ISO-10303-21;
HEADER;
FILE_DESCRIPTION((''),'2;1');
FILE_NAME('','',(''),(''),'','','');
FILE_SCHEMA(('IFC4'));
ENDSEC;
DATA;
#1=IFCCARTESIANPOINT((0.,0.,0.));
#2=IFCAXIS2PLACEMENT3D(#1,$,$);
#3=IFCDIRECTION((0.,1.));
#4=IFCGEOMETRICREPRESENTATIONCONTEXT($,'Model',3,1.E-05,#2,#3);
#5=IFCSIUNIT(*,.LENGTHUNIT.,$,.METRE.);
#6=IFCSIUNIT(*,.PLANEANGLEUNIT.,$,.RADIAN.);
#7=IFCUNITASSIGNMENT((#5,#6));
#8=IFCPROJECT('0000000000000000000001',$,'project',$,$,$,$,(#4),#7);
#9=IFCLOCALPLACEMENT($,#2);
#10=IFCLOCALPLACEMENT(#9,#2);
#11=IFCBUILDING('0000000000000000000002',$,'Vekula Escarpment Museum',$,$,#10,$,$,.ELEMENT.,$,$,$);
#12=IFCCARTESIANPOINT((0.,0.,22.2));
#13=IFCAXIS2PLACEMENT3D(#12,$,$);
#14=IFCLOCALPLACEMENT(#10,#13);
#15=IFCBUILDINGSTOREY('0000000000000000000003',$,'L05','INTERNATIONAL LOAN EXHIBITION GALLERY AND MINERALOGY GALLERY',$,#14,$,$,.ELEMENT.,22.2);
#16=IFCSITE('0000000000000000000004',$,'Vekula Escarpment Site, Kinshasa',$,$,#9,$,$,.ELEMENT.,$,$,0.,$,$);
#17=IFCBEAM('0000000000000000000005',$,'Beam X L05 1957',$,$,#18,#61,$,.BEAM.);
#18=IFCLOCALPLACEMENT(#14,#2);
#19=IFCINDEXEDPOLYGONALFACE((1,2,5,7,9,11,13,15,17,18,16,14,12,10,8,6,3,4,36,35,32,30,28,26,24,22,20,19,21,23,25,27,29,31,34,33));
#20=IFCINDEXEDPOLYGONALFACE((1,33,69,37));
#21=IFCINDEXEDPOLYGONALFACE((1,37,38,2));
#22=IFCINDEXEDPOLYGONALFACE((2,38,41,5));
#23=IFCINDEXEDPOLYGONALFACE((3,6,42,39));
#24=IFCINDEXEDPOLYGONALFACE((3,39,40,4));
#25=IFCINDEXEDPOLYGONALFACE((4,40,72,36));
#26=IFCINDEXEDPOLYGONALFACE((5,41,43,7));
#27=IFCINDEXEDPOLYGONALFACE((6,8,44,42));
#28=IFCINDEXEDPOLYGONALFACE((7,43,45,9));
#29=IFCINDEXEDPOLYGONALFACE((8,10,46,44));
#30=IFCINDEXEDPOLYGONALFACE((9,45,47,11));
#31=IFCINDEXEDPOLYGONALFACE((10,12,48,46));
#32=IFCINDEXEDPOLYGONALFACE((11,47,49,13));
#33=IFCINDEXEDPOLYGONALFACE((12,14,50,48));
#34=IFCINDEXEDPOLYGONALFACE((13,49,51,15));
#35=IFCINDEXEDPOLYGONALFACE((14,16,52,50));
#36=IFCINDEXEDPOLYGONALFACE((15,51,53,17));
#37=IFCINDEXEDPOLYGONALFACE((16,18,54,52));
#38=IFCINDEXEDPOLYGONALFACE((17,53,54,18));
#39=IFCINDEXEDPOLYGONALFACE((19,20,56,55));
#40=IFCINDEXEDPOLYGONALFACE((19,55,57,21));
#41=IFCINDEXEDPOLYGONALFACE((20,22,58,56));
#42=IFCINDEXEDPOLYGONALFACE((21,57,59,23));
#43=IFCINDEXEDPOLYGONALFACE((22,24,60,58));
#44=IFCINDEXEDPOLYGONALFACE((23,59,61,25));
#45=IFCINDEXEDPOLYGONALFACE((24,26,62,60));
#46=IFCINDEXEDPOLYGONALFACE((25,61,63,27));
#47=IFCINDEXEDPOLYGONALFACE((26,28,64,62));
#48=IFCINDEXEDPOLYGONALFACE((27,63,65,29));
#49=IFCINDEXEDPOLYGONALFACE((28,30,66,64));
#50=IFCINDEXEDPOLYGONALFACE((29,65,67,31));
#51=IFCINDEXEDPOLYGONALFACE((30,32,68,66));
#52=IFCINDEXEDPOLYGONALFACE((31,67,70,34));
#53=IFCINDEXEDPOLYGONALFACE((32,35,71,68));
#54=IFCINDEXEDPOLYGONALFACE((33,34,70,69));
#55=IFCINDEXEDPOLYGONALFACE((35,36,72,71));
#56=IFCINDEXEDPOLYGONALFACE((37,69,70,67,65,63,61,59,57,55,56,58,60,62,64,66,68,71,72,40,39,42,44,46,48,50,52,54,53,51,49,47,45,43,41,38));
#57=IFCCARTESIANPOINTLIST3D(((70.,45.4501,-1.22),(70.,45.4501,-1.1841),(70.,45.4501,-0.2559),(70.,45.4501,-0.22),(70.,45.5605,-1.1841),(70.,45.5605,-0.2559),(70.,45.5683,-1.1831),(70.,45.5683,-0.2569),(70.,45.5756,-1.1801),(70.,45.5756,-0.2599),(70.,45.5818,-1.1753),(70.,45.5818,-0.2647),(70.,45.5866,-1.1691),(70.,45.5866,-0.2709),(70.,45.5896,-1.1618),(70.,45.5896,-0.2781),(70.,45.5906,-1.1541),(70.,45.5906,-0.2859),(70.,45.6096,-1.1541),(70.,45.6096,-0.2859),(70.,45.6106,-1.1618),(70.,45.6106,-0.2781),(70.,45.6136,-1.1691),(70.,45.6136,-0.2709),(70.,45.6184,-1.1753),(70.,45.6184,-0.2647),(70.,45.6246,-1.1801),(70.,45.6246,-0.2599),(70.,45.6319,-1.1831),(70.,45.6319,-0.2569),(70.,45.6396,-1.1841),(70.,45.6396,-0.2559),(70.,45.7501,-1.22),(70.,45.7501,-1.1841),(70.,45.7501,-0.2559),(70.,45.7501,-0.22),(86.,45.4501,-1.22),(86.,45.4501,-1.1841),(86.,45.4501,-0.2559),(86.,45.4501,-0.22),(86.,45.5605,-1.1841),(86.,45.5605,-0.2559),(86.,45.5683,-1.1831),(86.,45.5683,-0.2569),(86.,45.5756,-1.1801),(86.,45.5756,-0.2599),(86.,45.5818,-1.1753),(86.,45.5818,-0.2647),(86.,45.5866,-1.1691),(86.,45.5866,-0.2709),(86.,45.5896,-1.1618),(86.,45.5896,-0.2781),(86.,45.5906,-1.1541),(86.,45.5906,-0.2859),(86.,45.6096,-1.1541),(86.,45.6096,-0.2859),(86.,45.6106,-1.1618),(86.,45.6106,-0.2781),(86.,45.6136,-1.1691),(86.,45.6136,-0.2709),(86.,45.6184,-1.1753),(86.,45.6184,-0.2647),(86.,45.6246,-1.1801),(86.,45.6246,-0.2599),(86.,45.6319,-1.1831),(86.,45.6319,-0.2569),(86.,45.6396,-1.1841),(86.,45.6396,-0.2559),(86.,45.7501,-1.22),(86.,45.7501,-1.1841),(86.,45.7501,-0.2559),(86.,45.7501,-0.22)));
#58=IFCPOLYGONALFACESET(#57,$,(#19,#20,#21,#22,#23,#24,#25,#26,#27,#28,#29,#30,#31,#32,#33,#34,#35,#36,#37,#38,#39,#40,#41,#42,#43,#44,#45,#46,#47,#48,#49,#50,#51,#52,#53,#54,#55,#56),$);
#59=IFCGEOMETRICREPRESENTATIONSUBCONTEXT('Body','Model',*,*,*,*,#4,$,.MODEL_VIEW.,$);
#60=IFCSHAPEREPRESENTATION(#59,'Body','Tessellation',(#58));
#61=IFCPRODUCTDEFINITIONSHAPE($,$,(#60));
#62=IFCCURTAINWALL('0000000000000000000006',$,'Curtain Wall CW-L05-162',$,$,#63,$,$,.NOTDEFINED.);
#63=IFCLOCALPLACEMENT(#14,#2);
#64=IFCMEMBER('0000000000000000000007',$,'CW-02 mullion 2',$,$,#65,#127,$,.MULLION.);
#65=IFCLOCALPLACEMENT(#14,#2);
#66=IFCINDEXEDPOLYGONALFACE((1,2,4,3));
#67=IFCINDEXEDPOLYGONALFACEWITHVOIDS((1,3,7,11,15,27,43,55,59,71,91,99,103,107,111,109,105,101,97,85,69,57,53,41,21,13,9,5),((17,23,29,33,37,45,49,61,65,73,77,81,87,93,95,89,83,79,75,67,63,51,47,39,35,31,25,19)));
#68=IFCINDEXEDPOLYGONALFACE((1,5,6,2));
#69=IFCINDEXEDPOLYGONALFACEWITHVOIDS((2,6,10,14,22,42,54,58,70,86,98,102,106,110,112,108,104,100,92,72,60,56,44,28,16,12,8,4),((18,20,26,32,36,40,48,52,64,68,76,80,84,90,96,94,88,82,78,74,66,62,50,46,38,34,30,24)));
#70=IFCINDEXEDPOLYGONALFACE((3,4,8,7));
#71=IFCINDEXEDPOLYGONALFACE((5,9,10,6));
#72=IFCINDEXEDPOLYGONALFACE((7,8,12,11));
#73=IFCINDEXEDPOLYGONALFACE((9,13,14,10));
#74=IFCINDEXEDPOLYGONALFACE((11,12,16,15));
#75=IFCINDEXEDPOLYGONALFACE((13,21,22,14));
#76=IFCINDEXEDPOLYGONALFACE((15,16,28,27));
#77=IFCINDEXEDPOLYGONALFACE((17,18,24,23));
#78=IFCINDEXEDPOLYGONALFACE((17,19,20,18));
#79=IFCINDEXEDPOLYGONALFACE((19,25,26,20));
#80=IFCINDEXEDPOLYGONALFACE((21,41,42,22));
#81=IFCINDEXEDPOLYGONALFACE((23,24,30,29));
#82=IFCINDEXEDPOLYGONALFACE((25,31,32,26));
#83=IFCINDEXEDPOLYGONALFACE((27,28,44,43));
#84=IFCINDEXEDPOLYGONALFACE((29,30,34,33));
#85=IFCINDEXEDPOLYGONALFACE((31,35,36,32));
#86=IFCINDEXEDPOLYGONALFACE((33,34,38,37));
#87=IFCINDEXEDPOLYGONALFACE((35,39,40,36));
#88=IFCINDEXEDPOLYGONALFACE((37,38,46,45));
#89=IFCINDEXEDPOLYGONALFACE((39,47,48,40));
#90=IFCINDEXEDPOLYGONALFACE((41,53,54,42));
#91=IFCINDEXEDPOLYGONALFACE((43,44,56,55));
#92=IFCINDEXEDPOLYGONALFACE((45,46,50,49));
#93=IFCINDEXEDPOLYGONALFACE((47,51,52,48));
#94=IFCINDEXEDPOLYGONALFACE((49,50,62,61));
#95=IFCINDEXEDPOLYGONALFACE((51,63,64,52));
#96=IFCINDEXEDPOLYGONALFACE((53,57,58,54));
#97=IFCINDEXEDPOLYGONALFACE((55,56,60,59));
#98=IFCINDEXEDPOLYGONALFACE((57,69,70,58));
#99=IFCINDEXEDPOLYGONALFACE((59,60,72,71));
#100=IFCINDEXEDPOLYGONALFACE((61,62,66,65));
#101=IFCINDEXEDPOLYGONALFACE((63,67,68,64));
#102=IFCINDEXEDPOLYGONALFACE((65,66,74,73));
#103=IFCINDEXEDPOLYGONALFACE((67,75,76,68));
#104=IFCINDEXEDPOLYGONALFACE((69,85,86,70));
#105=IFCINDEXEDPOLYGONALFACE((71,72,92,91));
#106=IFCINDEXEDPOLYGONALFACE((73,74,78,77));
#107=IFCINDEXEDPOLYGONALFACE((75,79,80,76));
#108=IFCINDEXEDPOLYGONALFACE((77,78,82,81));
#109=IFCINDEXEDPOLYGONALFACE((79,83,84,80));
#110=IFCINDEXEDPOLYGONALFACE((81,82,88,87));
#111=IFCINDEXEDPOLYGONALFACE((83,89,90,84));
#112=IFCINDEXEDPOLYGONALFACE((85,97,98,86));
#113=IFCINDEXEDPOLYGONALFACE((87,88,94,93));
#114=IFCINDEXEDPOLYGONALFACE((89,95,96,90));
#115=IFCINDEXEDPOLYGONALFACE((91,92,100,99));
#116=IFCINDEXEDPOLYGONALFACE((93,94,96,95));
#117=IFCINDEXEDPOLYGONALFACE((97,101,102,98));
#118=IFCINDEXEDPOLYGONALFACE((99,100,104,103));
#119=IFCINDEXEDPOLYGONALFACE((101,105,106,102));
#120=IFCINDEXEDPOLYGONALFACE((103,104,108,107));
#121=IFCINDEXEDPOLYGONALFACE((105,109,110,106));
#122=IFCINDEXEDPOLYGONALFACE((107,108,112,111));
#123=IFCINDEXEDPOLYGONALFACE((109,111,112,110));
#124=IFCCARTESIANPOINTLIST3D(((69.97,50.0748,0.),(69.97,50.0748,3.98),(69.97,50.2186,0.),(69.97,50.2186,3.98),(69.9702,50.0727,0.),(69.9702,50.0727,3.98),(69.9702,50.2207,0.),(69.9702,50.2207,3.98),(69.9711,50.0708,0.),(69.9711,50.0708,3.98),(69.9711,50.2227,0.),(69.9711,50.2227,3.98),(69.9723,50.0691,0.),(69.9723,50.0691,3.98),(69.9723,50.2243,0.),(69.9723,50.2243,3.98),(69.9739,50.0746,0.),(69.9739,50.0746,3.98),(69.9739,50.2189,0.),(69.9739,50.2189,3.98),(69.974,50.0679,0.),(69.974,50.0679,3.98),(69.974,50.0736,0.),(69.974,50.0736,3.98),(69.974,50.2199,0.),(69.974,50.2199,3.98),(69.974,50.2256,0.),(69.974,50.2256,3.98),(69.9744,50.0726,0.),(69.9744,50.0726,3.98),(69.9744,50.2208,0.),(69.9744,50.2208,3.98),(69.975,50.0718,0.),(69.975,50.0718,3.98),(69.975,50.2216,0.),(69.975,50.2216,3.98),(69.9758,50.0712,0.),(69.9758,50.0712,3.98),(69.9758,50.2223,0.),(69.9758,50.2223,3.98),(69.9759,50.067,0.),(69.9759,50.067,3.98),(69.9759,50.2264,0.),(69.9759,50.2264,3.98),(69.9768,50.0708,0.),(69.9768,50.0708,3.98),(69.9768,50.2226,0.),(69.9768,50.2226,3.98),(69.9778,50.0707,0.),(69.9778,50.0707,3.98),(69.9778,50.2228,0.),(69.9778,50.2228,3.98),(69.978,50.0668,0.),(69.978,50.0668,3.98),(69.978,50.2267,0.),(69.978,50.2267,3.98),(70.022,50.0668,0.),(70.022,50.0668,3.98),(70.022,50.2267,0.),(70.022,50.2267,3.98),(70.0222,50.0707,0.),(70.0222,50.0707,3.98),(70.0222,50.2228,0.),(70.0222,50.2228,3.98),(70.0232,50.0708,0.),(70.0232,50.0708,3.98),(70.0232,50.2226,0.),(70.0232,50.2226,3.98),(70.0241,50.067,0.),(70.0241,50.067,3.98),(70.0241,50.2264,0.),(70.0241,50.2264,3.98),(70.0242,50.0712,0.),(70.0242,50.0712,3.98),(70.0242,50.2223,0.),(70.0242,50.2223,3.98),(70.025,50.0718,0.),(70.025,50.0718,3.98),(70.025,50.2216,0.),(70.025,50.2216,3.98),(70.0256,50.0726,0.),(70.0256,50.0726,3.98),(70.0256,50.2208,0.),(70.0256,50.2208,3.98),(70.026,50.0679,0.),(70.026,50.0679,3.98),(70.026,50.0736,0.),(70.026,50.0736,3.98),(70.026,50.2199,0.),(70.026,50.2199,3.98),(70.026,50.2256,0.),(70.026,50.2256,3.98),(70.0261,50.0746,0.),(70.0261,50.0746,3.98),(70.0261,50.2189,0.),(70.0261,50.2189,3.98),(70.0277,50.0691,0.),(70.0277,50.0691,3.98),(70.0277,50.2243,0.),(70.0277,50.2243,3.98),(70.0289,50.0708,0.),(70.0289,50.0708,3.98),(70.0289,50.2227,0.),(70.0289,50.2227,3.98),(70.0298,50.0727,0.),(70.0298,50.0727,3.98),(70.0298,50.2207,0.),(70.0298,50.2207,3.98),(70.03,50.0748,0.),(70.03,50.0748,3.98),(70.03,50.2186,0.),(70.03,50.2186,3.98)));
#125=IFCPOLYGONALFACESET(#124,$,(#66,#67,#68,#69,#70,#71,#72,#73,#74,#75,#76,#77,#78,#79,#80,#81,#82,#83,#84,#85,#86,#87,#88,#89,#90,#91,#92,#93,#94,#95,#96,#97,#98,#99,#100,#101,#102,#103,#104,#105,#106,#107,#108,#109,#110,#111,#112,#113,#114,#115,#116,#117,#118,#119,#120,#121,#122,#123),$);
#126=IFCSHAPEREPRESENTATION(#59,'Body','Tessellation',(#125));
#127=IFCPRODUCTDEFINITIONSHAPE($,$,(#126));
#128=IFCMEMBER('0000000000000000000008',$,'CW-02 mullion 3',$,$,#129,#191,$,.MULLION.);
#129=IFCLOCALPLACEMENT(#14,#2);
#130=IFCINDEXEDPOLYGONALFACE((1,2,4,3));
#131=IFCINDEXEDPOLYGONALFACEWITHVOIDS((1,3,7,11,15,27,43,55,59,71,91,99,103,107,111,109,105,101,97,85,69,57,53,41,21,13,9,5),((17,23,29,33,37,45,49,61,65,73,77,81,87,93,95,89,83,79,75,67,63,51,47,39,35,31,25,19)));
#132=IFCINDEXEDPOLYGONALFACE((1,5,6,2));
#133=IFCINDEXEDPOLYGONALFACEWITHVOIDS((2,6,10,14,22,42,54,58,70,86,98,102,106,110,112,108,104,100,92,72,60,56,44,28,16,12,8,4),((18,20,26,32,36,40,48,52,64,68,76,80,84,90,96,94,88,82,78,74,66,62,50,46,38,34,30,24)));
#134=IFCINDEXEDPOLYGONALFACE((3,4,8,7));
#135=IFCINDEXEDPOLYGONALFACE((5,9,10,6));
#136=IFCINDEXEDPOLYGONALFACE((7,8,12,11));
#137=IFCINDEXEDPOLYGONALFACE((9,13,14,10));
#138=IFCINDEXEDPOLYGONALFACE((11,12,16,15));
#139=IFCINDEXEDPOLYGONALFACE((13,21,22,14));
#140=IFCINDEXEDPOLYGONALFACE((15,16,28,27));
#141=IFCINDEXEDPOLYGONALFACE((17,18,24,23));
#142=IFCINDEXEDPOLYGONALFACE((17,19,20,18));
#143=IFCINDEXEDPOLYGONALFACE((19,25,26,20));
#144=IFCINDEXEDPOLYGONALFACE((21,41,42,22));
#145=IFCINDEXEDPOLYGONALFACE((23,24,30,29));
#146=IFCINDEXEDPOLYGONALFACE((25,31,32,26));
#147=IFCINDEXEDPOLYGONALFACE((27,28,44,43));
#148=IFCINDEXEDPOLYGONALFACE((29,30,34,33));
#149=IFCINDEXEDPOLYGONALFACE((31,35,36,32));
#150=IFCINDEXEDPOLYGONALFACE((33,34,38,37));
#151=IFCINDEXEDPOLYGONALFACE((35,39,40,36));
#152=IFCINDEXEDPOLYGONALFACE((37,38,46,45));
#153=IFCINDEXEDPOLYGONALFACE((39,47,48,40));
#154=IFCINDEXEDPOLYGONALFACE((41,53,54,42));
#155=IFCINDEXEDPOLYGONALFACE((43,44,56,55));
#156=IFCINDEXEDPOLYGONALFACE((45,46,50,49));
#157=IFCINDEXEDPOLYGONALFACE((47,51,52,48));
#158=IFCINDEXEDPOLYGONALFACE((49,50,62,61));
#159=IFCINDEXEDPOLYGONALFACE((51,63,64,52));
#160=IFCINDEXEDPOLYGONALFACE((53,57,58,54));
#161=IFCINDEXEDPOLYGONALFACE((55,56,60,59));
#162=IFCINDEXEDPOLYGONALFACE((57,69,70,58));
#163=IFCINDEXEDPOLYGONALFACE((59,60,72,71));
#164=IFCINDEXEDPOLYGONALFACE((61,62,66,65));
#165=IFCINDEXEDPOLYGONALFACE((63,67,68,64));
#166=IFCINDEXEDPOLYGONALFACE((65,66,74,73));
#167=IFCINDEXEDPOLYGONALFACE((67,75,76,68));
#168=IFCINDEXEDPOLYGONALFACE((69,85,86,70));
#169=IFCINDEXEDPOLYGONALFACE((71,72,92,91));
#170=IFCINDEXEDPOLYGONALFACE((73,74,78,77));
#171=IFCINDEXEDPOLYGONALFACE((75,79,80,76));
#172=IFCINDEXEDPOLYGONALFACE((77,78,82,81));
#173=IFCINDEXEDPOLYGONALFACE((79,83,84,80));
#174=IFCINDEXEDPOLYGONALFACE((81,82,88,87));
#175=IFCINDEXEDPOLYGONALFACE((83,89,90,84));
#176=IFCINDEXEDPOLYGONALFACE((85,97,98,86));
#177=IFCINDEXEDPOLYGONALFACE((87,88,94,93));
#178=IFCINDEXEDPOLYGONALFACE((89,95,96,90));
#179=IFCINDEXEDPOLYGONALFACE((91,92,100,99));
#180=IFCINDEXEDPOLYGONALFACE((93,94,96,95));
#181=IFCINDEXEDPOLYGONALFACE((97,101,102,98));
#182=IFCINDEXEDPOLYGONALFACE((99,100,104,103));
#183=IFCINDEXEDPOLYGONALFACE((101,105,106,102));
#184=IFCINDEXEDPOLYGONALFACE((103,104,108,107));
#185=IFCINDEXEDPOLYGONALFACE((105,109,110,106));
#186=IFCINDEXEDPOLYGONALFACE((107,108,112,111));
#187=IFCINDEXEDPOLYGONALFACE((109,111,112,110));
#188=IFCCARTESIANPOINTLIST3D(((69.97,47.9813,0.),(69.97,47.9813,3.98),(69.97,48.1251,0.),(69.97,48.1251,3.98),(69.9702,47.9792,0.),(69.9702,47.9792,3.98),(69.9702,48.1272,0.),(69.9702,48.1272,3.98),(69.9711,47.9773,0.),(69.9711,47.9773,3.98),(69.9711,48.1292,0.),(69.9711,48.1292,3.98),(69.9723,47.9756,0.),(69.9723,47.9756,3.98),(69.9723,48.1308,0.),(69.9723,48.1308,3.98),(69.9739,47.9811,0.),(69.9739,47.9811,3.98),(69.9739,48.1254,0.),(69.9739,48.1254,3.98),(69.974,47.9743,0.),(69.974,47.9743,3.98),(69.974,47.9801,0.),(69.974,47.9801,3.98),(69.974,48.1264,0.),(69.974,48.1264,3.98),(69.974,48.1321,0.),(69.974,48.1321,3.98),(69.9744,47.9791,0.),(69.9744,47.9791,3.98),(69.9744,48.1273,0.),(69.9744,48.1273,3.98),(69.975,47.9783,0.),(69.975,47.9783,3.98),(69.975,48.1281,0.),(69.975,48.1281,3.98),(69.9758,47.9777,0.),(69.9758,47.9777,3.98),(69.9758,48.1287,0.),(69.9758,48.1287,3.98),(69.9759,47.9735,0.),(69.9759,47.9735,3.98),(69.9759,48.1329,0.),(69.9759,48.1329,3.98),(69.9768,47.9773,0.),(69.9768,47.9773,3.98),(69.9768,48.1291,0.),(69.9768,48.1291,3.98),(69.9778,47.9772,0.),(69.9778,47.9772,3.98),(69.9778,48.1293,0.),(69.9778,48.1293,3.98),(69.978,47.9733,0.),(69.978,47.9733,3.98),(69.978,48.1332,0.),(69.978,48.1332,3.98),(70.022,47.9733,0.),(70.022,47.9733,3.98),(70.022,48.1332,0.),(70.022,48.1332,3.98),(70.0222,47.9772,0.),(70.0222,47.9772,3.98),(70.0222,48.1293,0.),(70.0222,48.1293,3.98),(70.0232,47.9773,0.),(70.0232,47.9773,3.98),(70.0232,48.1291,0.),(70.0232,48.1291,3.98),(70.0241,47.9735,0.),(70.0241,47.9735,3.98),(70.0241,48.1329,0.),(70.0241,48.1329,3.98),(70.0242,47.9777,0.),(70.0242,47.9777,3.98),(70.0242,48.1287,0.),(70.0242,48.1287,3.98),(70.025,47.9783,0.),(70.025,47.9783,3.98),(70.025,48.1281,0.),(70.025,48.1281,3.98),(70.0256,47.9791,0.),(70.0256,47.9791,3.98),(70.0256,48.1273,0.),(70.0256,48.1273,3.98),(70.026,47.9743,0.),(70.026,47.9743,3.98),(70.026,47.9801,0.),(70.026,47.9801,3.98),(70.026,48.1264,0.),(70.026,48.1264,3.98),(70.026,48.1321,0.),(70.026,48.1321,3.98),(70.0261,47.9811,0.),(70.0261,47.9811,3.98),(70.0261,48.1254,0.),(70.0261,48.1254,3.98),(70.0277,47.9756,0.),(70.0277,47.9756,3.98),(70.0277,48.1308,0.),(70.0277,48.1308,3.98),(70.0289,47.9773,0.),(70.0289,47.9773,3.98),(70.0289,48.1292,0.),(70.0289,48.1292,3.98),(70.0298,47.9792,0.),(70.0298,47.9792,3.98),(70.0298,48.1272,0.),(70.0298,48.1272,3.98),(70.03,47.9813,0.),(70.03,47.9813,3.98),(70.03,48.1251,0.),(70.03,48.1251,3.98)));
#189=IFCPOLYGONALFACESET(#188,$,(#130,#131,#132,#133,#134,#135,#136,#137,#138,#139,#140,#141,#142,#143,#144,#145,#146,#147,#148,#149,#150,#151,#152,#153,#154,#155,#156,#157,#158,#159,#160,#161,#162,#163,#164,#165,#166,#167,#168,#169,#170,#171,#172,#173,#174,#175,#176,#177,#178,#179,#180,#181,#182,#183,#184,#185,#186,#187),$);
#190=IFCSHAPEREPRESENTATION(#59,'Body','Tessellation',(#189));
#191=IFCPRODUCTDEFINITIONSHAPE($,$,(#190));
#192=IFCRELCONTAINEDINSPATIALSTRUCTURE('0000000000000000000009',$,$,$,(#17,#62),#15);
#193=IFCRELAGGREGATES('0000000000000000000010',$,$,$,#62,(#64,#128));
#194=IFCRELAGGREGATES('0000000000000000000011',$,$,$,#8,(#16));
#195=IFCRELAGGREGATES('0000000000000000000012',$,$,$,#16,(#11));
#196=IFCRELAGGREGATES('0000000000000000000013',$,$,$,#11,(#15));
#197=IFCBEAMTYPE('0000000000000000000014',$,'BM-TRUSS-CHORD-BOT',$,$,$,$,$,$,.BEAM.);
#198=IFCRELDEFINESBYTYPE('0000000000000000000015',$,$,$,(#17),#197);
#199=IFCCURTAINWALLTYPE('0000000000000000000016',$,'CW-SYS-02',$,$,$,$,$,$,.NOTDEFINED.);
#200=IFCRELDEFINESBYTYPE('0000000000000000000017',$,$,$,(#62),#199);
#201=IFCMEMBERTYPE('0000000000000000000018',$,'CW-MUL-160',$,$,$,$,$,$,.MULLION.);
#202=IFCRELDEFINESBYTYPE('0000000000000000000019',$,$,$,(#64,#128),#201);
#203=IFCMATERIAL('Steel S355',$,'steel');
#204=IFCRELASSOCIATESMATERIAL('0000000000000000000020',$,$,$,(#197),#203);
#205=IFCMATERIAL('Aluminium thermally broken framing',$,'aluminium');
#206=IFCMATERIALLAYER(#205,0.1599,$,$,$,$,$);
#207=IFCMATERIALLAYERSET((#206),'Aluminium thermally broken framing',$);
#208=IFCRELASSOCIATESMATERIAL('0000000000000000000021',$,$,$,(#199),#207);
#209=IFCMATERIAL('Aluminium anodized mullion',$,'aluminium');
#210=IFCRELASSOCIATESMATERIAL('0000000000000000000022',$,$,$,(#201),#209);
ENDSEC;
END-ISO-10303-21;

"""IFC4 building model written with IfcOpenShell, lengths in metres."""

from ifc_helpers import new_model, si_unit, direction, frame, origin, origin_2d, place, context, subcontext, project, spatial, hollow_rectangle, i_section, extrude, material, layer, layer_set, material_profile, profile_set, type_object, element, aggregate, save


model = new_model("IFC4")

# Units and contexts
model_context = context("Model", 3, precision=1e-05, world=origin(), true_north=direction((0.0, 1.0)))
body_context = subcontext(model_context, "Body", "Model", "MODEL_VIEW")
ifc_project = project(units=[si_unit("LENGTHUNIT", "METRE"), si_unit("PLANEANGLEUNIT", "RADIAN")], contexts=[model_context])

# Site, building, storey
site_placement = place(None, origin())
site = spatial("IfcSite", under=ifc_project, at=site_placement, Name="Vekula Escarpment Site, Kinshasa", CompositionType="ELEMENT", RefElevation=0.0)
building_placement = place(site_placement, origin())
building = spatial("IfcBuilding", under=site, at=building_placement, Name="Vekula Escarpment Museum", CompositionType="ELEMENT")
storey_placement = place(building_placement, frame((0.0, 0.0, 22.2)))
storey = spatial("IfcBuildingStorey", under=building, at=storey_placement, Name="L05", Description="INTERNATIONAL LOAN EXHIBITION GALLERY AND MINERALOGY GALLERY", CompositionType="ELEMENT", Elevation=22.2)

# Beam
ifc_material_1 = material(Name="Steel S355", Category="steel")
ifc_material_profile_1 = material_profile(ifc_material_1, i_section(OverallWidth=0.3, OverallDepth=1.0, WebThickness=0.019, FlangeThickness=0.0359, FilletRadius=0.03, at=origin_2d()), Name="HEB 1000")
ifc_profile_set_1 = profile_set([ifc_material_profile_1], Name="Steel S355")
beam_type_1 = type_object("IfcBeamType", Name="BM-TRUSS-CHORD-BOT", PredefinedType="BEAM", material=ifc_profile_set_1)
beam_1_placement = place(storey_placement, frame((70.0, 45.6001, -0.72), z_axis=(1.0, 0.0, 0.0), x_axis=(0.0, 1.0, 0.0)))
element("IfcBeam", 1, at=beam_1_placement, inside=storey, type_object=beam_type_1, Name="Beam X L05 1957", PredefinedType="BEAM", context=body_context, shape_type="SweptSolid", body=[
    extrude(i_section(OverallWidth=0.3, OverallDepth=1.0, WebThickness=0.019, FlangeThickness=0.0359, FilletRadius=0.03, at=origin_2d()), origin(), (0.0, 0.0, 1.0), 16.0),
])

# Curtain wall, members
ifc_material_2 = material(Name="Aluminium thermally broken framing", Category="aluminium")
ifc_layer_1 = layer(ifc_material_2, 0.1599)
ifc_layer_set_1 = layer_set([ifc_layer_1], Name="Aluminium thermally broken framing")
curtain_wall_type = type_object("IfcCurtainWallType", Name="CW-SYS-02", PredefinedType="NOTDEFINED", material=ifc_layer_set_1)
curtain_wall_placement = place(storey_placement, origin())
curtain_wall = element("IfcCurtainWall", 2, at=curtain_wall_placement, inside=storey, type_object=curtain_wall_type, Name="Curtain Wall CW-L05-162", PredefinedType="NOTDEFINED")
ifc_material_3 = material(Name="Aluminium anodized mullion", Category="aluminium")
ifc_material_profile_2 = material_profile(ifc_material_3, hollow_rectangle(XDim=0.0601, YDim=0.1599, WallThickness=0.0039, InnerFilletRadius=0.0039, OuterFilletRadius=0.0081, at=origin_2d()), Name="ALU 160x60x4")
ifc_profile_set_2 = profile_set([ifc_material_profile_2], Name="Aluminium anodized mullion")
member_type_1 = type_object("IfcMemberType", Name="CW-MUL-160", PredefinedType="MULLION", material=ifc_profile_set_2)
member_1_placement = place(storey_placement, frame((70.0, 50.1467, 0.0), z_axis=(0.0, 0.0, 1.0), x_axis=(1.0, 0.0, 0.0)))
member_1 = element("IfcMember", 3, at=member_1_placement, type_object=member_type_1, Name="CW-02 mullion 2", PredefinedType="MULLION", context=body_context, shape_type="SweptSolid", body=[
    extrude(hollow_rectangle(XDim=0.0601, YDim=0.1599, WallThickness=0.0039, InnerFilletRadius=0.0039, OuterFilletRadius=0.0081, at=origin_2d()), origin(), (0.0, 0.0, 1.0), 3.98),
])
member_2_placement = place(storey_placement, frame((70.0, 48.0532, 0.0), z_axis=(0.0, 0.0, 1.0), x_axis=(1.0, 0.0, 0.0)))
member_2 = element("IfcMember", 4, at=member_2_placement, type_object=member_type_1, Name="CW-02 mullion 3", PredefinedType="MULLION", context=body_context, shape_type="SweptSolid", body=[
    extrude(hollow_rectangle(XDim=0.0601, YDim=0.1599, WallThickness=0.0039, InnerFilletRadius=0.0039, OuterFilletRadius=0.0081, at=origin_2d()), origin(), (0.0, 0.0, 1.0), 3.98),
])

aggregate(curtain_wall, [member_1, member_2])

save(model, "model.ifc")
